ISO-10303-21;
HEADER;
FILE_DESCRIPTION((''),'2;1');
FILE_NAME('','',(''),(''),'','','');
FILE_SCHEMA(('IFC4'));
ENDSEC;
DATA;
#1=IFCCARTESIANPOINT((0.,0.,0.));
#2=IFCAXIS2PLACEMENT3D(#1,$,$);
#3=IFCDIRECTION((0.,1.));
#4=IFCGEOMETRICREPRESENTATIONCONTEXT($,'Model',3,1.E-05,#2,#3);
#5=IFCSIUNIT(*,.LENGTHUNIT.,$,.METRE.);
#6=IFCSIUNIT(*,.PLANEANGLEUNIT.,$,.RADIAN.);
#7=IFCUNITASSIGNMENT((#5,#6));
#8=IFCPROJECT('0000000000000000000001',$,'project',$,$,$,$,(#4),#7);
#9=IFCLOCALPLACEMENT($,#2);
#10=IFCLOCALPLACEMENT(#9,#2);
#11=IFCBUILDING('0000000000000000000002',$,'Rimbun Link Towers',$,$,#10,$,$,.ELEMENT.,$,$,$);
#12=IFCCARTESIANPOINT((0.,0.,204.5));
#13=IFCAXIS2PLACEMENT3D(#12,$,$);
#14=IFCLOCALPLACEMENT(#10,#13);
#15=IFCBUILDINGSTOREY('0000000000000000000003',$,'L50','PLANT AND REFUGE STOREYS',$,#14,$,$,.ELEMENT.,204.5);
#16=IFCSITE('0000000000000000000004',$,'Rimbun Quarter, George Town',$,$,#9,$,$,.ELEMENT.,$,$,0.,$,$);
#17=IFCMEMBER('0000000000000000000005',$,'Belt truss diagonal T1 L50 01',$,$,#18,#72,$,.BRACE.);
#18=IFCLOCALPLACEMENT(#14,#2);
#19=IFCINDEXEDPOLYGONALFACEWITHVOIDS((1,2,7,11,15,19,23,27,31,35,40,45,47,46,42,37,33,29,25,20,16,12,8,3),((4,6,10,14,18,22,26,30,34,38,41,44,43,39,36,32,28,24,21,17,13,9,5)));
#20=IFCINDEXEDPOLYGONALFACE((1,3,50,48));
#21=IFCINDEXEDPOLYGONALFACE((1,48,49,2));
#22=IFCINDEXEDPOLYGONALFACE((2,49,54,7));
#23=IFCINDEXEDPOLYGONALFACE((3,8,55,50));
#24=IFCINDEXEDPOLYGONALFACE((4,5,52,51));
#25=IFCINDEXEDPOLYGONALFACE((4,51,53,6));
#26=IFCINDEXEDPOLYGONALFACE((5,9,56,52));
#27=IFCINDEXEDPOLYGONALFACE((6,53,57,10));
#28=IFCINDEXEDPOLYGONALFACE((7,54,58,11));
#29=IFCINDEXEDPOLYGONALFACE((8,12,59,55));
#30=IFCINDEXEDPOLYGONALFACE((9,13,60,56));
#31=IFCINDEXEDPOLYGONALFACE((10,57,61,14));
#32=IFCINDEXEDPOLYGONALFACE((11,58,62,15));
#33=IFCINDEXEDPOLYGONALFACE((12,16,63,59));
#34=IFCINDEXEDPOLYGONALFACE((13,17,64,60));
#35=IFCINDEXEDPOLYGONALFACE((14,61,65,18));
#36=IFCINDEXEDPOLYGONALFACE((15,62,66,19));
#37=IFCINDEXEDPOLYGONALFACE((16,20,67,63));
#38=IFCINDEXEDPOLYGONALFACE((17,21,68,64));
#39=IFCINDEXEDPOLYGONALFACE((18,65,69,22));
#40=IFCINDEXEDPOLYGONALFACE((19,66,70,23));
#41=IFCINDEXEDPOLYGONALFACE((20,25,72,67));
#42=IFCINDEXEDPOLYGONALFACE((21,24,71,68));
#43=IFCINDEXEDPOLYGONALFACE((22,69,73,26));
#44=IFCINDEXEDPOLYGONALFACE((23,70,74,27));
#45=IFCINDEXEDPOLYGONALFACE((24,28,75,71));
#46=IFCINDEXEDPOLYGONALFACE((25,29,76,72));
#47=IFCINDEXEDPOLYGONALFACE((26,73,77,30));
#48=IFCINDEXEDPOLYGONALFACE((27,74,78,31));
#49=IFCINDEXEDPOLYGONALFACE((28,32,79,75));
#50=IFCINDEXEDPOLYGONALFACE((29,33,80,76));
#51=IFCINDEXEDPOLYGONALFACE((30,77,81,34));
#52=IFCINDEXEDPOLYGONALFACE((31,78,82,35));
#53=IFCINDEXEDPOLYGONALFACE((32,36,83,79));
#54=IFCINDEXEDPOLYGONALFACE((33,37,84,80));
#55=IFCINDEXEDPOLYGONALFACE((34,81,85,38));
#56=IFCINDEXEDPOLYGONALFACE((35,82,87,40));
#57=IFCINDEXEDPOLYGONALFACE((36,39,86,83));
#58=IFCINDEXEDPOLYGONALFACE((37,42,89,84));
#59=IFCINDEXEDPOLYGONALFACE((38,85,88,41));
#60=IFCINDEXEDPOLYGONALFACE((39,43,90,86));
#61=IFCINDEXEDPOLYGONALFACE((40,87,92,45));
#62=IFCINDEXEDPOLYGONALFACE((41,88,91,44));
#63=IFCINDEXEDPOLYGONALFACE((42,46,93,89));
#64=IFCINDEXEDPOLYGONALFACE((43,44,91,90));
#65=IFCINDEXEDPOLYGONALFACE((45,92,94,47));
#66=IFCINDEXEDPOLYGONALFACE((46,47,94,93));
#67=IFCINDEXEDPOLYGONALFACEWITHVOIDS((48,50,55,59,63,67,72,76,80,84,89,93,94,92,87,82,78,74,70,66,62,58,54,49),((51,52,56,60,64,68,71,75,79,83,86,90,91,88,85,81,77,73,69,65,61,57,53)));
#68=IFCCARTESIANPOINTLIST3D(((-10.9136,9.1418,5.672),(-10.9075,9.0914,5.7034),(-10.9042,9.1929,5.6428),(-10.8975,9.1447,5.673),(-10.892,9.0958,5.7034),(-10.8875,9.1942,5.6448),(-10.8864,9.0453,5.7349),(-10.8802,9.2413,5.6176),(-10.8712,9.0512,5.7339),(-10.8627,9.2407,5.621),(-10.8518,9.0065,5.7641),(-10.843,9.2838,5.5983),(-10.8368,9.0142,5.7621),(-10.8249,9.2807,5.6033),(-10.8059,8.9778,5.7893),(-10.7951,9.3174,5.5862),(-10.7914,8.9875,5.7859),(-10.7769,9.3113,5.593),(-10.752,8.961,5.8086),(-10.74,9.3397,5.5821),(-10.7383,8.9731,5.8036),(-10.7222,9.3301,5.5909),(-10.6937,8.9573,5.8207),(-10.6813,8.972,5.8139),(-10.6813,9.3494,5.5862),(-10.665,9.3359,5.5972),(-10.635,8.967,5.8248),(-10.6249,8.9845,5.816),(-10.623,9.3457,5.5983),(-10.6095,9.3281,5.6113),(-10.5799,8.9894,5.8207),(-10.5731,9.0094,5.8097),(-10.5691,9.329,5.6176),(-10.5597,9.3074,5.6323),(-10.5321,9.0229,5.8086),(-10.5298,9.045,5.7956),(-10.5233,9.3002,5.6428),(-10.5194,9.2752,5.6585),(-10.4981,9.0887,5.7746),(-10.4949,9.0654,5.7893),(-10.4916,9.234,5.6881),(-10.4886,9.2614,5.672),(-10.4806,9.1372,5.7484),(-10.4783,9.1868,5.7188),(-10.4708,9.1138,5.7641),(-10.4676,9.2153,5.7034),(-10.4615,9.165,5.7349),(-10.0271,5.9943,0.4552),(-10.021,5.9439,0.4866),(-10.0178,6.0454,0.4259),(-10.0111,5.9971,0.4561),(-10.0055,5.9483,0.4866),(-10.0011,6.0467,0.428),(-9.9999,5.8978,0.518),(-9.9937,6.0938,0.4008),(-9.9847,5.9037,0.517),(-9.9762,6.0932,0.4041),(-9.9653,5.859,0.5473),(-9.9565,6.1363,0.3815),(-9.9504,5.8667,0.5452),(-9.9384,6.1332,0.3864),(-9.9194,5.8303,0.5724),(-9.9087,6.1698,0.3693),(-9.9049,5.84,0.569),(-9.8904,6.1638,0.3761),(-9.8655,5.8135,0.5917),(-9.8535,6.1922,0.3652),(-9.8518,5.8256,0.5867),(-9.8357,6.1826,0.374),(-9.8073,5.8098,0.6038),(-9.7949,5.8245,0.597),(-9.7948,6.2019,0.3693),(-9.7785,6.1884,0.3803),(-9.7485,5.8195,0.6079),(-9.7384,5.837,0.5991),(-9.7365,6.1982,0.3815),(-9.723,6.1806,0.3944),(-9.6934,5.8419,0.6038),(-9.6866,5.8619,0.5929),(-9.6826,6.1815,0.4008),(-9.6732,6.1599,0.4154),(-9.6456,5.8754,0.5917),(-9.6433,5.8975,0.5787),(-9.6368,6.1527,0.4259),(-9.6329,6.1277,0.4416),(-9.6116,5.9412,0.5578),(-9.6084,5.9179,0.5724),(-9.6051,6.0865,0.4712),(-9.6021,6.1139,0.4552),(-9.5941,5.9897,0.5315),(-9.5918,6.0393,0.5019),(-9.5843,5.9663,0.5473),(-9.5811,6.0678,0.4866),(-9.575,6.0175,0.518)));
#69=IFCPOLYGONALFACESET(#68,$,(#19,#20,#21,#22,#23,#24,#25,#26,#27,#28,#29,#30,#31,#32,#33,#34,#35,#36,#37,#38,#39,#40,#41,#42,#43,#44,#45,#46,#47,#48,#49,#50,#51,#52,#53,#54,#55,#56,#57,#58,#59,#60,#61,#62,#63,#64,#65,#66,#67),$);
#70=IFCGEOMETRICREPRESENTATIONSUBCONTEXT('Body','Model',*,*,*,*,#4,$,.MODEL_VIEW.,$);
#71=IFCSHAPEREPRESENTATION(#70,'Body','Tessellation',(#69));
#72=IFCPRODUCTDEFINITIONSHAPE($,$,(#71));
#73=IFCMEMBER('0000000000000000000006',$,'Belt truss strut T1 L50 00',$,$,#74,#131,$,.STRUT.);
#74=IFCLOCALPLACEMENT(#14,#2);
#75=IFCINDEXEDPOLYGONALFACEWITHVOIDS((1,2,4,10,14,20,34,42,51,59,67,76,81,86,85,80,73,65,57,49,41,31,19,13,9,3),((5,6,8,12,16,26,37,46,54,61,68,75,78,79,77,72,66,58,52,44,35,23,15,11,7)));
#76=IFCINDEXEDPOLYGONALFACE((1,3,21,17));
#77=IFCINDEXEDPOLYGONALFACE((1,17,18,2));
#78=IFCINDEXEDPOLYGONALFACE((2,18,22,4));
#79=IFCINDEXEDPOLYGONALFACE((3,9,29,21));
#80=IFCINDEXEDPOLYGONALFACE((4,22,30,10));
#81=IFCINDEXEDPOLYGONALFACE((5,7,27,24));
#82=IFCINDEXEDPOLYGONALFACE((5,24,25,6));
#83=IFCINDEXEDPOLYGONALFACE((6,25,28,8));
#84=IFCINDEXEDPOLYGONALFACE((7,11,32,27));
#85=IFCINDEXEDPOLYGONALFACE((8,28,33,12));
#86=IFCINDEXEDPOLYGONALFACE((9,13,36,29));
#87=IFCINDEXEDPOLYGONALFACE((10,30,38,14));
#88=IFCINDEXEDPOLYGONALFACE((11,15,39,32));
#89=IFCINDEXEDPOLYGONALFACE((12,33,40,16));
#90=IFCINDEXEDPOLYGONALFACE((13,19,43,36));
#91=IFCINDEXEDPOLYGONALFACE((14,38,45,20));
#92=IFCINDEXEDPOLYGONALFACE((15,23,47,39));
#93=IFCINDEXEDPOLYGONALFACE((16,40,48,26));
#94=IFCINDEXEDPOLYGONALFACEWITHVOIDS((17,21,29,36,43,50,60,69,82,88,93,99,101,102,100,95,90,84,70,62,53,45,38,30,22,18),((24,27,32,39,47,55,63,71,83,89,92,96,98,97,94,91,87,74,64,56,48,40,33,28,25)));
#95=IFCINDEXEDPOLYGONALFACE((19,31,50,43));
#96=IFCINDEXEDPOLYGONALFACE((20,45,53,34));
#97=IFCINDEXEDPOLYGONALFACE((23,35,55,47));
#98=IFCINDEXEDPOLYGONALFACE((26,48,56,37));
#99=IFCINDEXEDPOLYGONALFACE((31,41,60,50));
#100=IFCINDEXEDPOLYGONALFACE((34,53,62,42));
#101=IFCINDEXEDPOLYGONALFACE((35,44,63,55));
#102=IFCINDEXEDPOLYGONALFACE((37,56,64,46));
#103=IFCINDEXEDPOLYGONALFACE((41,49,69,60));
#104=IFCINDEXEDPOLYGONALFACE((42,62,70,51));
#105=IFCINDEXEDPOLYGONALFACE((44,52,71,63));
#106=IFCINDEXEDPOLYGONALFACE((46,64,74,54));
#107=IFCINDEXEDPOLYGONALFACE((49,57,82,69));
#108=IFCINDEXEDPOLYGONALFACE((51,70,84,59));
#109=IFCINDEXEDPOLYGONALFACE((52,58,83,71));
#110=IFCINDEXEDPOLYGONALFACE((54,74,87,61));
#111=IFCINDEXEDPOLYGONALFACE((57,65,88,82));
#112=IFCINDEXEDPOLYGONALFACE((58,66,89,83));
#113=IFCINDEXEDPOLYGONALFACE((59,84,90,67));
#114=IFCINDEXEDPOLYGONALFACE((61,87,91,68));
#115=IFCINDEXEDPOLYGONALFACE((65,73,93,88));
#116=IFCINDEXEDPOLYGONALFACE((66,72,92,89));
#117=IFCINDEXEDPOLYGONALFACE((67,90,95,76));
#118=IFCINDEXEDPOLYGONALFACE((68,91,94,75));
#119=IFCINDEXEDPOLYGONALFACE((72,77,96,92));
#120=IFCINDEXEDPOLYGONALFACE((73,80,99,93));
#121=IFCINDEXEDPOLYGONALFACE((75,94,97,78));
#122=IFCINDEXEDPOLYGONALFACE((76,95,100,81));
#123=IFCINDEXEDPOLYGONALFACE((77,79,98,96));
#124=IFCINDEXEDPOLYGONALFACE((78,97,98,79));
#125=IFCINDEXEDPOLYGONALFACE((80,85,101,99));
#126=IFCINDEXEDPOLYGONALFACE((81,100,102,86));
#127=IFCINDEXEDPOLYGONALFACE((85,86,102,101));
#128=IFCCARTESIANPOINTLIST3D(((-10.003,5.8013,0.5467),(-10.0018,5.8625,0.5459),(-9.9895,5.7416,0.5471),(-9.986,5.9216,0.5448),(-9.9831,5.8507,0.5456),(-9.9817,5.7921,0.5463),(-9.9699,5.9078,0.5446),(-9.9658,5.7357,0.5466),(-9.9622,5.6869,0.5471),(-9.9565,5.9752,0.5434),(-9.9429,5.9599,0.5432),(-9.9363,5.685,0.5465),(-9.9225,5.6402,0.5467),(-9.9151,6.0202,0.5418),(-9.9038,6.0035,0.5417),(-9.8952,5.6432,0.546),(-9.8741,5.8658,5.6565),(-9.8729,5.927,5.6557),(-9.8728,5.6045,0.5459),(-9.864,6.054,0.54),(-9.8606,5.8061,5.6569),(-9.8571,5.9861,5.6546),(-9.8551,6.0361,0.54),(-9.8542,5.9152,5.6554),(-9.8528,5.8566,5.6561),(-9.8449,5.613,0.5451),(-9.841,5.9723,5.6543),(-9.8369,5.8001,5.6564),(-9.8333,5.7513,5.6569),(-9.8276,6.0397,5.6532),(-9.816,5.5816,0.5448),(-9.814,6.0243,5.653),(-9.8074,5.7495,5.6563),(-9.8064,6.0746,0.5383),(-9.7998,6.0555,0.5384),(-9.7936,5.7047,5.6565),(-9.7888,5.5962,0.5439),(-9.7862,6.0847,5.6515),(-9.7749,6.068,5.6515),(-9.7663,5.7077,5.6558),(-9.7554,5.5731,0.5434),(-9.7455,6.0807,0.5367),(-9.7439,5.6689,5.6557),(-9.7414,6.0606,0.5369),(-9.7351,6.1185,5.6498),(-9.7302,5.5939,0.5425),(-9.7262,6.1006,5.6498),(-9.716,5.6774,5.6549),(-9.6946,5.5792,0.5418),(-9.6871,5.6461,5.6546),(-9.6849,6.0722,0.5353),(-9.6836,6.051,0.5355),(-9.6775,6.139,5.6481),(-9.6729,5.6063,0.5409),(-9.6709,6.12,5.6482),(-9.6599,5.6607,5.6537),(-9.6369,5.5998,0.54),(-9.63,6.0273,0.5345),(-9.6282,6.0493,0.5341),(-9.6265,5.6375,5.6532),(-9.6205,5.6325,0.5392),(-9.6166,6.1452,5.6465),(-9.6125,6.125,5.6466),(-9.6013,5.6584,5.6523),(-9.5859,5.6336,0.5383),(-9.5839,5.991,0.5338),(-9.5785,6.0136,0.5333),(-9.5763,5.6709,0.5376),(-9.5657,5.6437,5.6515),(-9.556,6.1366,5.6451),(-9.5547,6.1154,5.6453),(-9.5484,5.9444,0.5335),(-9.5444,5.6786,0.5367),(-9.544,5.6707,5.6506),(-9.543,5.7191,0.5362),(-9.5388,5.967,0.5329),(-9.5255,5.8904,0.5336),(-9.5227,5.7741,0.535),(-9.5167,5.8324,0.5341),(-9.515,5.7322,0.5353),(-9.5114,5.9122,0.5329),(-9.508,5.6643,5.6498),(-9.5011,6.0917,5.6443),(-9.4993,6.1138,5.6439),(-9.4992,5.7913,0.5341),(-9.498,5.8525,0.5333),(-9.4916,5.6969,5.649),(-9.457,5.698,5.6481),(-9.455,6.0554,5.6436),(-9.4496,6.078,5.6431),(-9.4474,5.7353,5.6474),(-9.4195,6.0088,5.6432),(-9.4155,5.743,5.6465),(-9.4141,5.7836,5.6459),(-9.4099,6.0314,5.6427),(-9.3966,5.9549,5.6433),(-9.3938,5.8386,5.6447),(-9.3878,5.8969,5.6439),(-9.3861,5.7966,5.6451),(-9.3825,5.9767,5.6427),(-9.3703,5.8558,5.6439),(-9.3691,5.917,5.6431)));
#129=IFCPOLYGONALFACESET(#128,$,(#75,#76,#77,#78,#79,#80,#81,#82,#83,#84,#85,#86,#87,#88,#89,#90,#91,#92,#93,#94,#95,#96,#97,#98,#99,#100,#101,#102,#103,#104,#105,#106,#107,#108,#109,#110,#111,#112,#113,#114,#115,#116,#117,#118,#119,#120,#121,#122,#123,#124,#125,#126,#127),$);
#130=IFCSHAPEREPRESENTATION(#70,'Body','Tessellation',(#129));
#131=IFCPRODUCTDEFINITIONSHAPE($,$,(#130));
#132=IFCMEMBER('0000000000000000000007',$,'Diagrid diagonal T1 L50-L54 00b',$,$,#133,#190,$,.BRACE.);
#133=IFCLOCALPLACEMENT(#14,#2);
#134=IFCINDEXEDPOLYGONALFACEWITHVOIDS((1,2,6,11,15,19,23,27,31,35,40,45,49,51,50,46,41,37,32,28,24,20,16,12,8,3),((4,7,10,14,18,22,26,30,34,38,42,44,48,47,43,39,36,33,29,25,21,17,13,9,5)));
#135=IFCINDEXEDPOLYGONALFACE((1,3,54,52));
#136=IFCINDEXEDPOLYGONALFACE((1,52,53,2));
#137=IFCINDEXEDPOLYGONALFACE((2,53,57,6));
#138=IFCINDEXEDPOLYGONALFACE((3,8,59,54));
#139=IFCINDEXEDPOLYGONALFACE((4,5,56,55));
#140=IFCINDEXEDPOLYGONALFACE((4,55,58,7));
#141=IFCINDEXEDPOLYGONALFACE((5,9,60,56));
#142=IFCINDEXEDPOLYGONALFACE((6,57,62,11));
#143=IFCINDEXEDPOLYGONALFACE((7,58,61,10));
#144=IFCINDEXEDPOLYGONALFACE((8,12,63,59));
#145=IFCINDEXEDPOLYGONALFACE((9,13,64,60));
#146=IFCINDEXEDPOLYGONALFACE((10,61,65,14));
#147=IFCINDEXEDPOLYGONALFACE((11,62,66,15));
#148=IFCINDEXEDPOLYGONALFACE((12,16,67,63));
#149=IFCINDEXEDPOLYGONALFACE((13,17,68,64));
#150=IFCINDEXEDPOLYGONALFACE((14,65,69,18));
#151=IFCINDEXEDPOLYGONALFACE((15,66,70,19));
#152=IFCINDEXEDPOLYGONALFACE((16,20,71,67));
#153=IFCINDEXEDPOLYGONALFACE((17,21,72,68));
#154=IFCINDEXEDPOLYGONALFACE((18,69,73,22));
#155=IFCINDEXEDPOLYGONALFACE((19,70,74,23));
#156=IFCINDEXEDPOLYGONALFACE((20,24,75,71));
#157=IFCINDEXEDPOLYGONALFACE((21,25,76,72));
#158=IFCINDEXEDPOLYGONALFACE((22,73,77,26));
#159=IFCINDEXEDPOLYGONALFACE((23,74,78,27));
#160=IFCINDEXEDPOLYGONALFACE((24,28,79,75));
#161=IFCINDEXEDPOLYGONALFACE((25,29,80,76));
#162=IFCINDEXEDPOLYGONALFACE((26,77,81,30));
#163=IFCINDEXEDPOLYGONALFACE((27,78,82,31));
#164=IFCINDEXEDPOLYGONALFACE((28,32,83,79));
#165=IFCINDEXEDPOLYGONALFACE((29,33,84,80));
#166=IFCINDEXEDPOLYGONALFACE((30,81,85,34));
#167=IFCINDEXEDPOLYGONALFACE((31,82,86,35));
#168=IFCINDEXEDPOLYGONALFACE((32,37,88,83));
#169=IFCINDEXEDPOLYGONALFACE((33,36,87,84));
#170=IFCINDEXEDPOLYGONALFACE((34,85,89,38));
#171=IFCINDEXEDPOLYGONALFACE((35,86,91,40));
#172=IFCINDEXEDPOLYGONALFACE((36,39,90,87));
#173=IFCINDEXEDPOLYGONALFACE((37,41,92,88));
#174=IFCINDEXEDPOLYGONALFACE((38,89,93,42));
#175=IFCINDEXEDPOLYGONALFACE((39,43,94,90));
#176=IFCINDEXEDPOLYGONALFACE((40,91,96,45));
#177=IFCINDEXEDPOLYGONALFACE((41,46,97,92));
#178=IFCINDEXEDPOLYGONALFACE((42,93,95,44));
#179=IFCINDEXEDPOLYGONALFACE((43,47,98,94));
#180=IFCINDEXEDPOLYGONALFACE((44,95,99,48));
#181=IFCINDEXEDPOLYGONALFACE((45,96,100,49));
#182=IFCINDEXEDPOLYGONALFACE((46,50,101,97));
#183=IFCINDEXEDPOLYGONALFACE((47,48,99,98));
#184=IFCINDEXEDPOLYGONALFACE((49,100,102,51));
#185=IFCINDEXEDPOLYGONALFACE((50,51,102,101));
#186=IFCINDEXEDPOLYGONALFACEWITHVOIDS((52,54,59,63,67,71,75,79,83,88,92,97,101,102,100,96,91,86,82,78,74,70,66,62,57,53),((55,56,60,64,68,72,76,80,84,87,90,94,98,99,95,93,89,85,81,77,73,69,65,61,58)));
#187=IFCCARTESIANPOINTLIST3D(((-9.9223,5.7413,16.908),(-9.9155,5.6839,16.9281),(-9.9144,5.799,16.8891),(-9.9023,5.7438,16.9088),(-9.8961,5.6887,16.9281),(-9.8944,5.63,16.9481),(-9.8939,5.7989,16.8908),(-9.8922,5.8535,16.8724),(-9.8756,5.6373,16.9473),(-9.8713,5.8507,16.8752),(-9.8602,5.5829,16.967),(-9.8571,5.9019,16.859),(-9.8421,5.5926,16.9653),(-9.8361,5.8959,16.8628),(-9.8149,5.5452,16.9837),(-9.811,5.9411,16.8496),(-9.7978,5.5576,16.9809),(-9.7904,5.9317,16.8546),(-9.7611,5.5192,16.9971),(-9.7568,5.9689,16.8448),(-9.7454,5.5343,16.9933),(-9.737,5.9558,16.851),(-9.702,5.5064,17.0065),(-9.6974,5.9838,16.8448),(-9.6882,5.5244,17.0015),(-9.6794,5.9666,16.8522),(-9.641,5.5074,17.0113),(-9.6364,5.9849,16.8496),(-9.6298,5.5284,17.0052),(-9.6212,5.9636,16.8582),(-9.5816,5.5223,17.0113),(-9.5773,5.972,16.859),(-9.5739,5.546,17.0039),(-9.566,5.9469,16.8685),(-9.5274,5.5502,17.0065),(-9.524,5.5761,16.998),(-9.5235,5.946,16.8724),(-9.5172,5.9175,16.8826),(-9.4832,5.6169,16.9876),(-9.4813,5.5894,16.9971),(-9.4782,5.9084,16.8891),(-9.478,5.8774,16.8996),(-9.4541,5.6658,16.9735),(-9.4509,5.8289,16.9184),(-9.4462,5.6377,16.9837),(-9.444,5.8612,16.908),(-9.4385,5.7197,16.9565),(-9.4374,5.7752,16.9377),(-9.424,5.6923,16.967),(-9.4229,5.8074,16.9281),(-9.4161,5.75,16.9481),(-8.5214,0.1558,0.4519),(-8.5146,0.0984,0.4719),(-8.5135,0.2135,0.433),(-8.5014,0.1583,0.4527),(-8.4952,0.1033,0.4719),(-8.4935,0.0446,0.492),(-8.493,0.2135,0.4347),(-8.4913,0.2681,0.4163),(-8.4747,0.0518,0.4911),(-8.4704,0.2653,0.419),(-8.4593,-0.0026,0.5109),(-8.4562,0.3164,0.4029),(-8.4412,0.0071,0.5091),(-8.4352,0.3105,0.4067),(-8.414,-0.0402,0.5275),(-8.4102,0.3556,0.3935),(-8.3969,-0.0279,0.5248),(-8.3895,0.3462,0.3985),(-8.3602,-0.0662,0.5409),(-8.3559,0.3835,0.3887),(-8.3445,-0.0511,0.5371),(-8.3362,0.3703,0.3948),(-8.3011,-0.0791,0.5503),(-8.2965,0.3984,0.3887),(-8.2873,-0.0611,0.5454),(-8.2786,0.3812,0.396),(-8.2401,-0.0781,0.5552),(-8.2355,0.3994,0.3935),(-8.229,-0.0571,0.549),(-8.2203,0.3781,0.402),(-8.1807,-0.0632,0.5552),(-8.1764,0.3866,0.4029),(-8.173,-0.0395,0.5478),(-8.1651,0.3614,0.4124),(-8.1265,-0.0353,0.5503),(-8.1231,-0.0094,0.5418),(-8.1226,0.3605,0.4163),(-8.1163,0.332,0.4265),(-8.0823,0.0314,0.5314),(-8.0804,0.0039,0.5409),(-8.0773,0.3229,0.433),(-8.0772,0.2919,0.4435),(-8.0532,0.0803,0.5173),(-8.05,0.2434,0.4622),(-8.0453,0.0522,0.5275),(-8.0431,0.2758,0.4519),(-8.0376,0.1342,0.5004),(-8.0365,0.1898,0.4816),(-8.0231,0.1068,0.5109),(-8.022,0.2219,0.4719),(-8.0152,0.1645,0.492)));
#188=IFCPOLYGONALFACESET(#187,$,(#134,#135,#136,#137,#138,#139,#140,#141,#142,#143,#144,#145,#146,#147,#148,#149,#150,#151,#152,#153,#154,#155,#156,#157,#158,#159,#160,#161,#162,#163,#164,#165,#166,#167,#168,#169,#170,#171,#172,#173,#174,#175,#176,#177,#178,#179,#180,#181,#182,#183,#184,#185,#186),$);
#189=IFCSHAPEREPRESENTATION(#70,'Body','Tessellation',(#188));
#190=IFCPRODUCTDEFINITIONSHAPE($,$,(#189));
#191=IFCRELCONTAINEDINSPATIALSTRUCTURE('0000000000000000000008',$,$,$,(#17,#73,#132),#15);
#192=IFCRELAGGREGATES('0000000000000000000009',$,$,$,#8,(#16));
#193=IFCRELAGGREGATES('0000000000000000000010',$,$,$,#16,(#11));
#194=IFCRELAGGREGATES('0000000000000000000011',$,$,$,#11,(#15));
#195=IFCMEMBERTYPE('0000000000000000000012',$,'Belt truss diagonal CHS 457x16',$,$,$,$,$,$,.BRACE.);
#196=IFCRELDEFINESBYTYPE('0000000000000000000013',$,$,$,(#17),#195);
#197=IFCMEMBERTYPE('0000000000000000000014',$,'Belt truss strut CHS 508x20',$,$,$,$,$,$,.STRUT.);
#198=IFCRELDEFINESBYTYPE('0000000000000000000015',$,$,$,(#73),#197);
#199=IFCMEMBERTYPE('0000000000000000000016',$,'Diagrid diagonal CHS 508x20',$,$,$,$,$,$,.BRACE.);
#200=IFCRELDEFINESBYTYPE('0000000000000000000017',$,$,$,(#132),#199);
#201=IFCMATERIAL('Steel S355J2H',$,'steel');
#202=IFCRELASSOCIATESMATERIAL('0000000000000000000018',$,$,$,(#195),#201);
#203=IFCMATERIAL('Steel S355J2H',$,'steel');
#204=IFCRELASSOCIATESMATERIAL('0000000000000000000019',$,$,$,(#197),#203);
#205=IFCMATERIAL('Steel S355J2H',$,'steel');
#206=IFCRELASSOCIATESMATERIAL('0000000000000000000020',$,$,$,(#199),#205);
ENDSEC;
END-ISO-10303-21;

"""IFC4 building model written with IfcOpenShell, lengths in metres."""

from ifc_helpers import new_model, si_unit, direction, frame, origin, origin_2d, place, context, subcontext, project, spatial, hollow_circle, extrude, material, material_profile, profile_set, type_object, element, save


model = new_model("IFC4")

# Units and contexts
model_context = context("Model", 3, precision=1e-05, world=origin(), true_north=direction((0.0, 1.0)))
body_context = subcontext(model_context, "Body", "Model", "MODEL_VIEW")
ifc_project = project(units=[si_unit("LENGTHUNIT", "METRE"), si_unit("PLANEANGLEUNIT", "RADIAN")], contexts=[model_context])

# Site, building, storey
site_placement = place(None, origin())
site = spatial("IfcSite", under=ifc_project, at=site_placement, Name="Rimbun Quarter, George Town", CompositionType="ELEMENT", RefElevation=0.0)
building_placement = place(site_placement, origin())
building = spatial("IfcBuilding", under=site, at=building_placement, Name="Rimbun Link Towers", CompositionType="ELEMENT")
storey_placement = place(building_placement, frame((0.0, 0.0, 204.5)))
storey = spatial("IfcBuildingStorey", under=building, at=storey_placement, Name="L50", Description="PLANT AND REFUGE STOREYS", CompositionType="ELEMENT", Elevation=204.5)

# Members
ifc_material_1 = material(Name="Steel S355J2H", Category="steel")
ifc_material_profile_1 = material_profile(ifc_material_1, hollow_circle(Radius=0.2285, WallThickness=0.0161, at=origin_2d()), Name="Belt truss diagonal CHS 457x16")
ifc_profile_set_1 = profile_set([ifc_material_profile_1], Name="Steel S355J2H")
member_type_1 = type_object("IfcMemberType", Name="Belt truss diagonal CHS 457x16", PredefinedType="BRACE", material=ifc_profile_set_1)
member_1_placement = place(storey_placement, frame((-9.801, 6.0059, 0.4866), z_axis=(-0.143981, 0.511209, 0.84731), x_axis=(-0.962551, -0.2711, 0.0)))
element("IfcMember", 1, at=member_1_placement, inside=storey, type_object=member_type_1, Name="Belt truss diagonal T1 L50 01", PredefinedType="BRACE", context=body_context, shape_type="SweptSolid", body=[
    extrude(hollow_circle(Radius=0.2285, WallThickness=0.0161, at=origin_2d()), origin(), (0.0, 0.0, 1.0), 6.157),
])
ifc_material_2 = material(Name="Steel S355J2H", Category="steel")
ifc_material_profile_2 = material_profile(ifc_material_2, hollow_circle(Radius=0.2539, WallThickness=0.02, at=origin_2d()), Name="Belt truss strut CHS 508x20")
ifc_profile_set_2 = profile_set([ifc_material_profile_2], Name="Steel S355J2H")
member_type_2 = type_object("IfcMemberType", Name="Belt truss strut CHS 508x20", PredefinedType="STRUT", material=ifc_profile_set_2)
member_2_placement = place(storey_placement, frame((-9.7505, 5.8269, 0.54), z_axis=(0.025217, 0.012608, 0.999602), x_axis=(-0.447214, 0.894427, 0.0)))
element("IfcMember", 2, at=member_2_placement, inside=storey, type_object=member_type_2, Name="Belt truss strut T1 L50 00", PredefinedType="STRUT", context=body_context, shape_type="SweptSolid", body=[
    extrude(hollow_circle(Radius=0.2539, WallThickness=0.02, at=origin_2d()), origin(), (0.0, 0.0, 1.0), 5.1118),
])
ifc_material_3 = material(Name="Steel S355J2H", Category="steel")
ifc_material_profile_3 = material_profile(ifc_material_3, hollow_circle(Radius=0.2539, WallThickness=0.02, at=origin_2d()), Name="Diagrid diagonal CHS 508x20")
ifc_profile_set_3 = profile_set([ifc_material_profile_3], Name="Steel S355J2H")
member_type_3 = type_object("IfcMemberType", Name="Diagrid diagonal CHS 508x20", PredefinedType="BRACE", material=ifc_profile_set_3)
member_3_placement = place(storey_placement, frame((-8.2683, 0.1602, 0.4719), z_axis=(-0.080351, 0.320368, 0.943879), x_axis=(-0.969958, -0.243274, 0.0)))
element("IfcMember", 3, at=member_3_placement, inside=storey, type_object=member_type_3, Name="Diagrid diagonal T1 L50-L54 00b", PredefinedType="BRACE", context=body_context, shape_type="SweptSolid", body=[
    extrude(hollow_circle(Radius=0.2539, WallThickness=0.02, at=origin_2d()), origin(), (0.0, 0.0, 1.0), 17.4346),
])

save(model, "model.ifc")
